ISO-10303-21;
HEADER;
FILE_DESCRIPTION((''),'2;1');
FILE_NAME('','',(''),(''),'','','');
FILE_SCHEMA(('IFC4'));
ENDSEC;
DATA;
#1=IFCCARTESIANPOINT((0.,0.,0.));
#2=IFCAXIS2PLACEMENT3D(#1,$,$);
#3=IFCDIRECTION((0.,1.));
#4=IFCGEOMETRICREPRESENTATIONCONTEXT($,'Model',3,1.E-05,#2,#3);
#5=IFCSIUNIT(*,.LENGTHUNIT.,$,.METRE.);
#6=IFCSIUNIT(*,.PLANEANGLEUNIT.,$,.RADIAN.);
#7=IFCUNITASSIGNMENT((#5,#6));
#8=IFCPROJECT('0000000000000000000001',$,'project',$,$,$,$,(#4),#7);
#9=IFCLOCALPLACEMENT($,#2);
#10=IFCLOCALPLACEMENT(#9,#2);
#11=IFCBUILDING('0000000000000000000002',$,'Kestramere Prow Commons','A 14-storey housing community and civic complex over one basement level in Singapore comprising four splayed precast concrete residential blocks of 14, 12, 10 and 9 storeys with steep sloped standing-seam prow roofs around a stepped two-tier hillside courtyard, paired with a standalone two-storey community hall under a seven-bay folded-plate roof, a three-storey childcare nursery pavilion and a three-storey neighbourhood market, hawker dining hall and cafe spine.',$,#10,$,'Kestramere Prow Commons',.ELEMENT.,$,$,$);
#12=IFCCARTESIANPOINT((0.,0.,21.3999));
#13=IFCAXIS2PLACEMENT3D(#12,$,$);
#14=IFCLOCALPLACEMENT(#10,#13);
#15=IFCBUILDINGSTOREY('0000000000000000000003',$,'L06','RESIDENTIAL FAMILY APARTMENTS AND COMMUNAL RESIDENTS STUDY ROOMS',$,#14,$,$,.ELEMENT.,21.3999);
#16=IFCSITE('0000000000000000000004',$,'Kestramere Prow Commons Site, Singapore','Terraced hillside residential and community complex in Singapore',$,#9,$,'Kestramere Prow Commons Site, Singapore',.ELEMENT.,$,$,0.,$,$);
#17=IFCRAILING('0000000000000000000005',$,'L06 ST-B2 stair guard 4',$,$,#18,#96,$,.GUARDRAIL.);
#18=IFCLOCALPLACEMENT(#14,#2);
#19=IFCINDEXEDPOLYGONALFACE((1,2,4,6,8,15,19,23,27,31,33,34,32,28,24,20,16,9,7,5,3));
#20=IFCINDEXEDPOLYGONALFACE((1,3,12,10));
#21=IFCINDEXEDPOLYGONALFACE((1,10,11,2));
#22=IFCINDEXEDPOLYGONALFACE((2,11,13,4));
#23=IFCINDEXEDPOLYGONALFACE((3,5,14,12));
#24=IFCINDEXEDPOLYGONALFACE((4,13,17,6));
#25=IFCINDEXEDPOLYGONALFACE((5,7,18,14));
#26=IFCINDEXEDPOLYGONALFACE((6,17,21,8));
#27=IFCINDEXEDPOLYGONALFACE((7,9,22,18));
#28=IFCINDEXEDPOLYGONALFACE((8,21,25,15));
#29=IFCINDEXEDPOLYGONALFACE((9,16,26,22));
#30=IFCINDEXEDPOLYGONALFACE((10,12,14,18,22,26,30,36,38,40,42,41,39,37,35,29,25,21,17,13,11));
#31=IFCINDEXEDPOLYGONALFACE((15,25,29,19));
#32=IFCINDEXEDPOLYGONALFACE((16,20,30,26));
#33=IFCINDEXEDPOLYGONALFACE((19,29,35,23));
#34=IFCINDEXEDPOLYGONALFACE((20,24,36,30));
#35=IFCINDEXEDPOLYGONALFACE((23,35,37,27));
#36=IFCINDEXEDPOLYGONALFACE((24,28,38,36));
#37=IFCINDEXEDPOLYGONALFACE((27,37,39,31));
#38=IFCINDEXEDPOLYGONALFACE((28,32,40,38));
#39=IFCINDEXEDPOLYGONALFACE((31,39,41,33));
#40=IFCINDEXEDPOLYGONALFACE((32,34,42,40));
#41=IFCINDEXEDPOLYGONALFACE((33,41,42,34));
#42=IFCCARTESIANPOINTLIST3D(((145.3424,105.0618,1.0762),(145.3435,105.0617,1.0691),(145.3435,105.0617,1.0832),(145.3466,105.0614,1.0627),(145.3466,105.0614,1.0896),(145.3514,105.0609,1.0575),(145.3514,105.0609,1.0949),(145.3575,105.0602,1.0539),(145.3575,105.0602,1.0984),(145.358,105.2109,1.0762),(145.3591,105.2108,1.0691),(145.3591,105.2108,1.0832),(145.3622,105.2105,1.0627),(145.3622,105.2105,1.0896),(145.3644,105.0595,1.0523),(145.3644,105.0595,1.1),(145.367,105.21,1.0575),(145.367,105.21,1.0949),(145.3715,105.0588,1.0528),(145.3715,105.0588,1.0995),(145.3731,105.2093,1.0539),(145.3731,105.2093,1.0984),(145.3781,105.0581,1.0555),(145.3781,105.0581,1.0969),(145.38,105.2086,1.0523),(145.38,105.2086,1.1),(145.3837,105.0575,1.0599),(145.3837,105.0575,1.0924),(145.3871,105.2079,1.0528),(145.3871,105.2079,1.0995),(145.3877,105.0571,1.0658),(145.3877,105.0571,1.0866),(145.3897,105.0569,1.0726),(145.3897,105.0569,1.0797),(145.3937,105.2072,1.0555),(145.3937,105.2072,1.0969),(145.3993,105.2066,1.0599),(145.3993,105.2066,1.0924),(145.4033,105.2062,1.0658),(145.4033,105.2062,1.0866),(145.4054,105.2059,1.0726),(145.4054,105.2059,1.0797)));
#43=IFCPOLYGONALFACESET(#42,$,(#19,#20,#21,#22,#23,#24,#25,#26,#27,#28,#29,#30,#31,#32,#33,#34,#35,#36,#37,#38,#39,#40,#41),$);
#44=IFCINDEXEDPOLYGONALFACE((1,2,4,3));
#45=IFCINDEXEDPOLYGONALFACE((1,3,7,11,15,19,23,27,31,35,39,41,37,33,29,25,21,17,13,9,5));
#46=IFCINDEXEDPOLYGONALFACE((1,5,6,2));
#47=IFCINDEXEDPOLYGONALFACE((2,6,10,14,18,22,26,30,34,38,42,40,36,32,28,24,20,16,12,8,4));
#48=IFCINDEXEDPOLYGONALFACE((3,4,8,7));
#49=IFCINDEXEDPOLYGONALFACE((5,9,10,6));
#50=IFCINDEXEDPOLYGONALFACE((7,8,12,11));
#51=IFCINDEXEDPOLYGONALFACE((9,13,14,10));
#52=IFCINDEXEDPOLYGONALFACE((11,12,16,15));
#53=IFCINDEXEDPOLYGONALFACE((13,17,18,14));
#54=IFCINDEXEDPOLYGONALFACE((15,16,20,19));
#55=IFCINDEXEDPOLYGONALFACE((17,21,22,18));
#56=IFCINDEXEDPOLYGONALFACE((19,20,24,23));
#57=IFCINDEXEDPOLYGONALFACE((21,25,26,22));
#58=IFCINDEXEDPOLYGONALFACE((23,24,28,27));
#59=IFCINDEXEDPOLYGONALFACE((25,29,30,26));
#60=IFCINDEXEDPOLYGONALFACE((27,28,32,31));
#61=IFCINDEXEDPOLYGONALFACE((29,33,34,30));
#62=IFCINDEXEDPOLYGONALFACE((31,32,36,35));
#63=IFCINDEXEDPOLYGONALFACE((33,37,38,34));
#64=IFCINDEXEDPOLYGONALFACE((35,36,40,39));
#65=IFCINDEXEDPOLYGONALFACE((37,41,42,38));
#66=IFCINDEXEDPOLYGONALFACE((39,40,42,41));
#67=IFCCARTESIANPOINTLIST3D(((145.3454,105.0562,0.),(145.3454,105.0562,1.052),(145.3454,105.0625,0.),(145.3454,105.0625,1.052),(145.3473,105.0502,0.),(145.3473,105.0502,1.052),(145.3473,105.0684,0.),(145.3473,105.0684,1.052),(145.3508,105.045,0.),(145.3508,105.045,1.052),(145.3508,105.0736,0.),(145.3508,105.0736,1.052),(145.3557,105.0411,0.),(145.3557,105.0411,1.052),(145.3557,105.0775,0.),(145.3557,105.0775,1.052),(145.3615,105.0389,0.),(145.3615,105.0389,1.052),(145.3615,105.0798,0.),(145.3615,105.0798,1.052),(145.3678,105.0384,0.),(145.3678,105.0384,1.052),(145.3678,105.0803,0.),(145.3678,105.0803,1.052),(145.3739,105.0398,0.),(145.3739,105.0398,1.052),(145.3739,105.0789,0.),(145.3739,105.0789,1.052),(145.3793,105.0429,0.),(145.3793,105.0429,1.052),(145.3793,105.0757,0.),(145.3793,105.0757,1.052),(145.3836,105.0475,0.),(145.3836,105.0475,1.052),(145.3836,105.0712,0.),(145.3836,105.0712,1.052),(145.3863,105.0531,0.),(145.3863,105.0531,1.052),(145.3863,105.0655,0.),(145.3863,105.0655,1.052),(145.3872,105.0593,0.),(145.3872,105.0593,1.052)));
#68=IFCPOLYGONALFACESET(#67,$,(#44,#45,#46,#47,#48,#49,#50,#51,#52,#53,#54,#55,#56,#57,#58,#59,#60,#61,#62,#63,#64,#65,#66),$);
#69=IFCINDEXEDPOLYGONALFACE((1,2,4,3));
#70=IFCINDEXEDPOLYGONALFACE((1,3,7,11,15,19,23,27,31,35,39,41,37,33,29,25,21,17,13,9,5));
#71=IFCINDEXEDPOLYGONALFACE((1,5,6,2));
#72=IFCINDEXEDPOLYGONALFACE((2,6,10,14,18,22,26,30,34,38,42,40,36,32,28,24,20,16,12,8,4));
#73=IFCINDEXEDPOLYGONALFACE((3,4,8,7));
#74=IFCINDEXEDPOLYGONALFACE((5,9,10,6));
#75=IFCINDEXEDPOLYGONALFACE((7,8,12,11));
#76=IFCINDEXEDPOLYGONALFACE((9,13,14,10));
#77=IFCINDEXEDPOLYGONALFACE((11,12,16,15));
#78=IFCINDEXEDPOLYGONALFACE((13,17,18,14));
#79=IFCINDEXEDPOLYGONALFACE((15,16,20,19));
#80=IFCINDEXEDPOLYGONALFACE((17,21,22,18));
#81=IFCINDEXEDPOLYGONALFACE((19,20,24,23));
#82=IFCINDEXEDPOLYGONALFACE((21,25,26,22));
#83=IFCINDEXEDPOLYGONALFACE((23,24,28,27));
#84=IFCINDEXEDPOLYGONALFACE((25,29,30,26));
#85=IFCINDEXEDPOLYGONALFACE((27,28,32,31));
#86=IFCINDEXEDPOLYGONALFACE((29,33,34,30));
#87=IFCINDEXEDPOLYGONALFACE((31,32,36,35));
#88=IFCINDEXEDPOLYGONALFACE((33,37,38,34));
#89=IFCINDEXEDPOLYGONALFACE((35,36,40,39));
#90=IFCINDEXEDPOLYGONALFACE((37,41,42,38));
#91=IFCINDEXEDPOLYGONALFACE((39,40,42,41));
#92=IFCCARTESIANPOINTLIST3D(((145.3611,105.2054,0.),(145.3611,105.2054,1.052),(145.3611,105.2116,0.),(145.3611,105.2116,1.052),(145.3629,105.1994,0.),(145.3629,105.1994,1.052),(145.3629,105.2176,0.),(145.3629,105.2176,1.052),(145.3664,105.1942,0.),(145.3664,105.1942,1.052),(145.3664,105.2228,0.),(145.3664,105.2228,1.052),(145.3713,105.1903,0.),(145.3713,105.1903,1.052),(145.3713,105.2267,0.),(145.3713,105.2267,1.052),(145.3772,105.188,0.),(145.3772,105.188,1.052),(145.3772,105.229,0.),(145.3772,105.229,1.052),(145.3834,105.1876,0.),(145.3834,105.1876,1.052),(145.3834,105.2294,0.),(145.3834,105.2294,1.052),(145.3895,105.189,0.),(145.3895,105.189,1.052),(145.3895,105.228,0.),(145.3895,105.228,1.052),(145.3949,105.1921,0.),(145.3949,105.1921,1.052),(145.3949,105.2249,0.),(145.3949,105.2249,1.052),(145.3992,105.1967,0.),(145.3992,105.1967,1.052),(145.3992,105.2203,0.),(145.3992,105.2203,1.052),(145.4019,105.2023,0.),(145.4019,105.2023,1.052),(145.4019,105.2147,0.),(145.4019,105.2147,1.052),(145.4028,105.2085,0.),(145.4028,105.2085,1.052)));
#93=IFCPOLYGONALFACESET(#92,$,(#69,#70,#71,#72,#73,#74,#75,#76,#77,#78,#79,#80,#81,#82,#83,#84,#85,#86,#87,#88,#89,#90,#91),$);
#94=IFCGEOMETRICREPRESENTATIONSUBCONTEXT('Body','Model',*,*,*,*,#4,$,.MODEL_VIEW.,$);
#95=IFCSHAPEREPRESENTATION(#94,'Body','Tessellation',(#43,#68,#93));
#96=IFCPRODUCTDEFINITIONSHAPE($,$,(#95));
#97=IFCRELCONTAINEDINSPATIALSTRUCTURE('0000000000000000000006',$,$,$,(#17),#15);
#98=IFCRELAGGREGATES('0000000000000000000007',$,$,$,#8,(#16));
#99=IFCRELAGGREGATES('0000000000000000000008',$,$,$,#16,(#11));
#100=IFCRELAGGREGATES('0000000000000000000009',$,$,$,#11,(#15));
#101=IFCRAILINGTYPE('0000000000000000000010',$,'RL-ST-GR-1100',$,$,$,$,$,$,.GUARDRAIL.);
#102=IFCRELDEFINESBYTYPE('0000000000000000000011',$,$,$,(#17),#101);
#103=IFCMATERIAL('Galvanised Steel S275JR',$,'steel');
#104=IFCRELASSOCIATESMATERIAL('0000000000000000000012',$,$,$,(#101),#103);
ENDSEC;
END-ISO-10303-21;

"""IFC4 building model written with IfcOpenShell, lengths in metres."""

from ifc_helpers import new_model, si_unit, direction, frame, origin, origin_2d, place, context, subcontext, project, spatial, circle, extrude, material, type_object, element, save


model = new_model("IFC4")

# Units and contexts
model_context = context("Model", 3, precision=1e-05, world=origin(), true_north=direction((0.0, 1.0)))
body_context = subcontext(model_context, "Body", "Model", "MODEL_VIEW")
ifc_project = project(units=[si_unit("LENGTHUNIT", "METRE"), si_unit("PLANEANGLEUNIT", "RADIAN")], contexts=[model_context])

# Site, building, storey
site_placement = place(None, origin())
site = spatial("IfcSite", under=ifc_project, at=site_placement, Name="Kestramere Prow Commons Site, Singapore", Description="Terraced hillside residential and community complex in Singapore", LongName="Kestramere Prow Commons Site, Singapore", CompositionType="ELEMENT", RefElevation=0.0)
building_placement = place(site_placement, origin())
building = spatial("IfcBuilding", under=site, at=building_placement, Name="Kestramere Prow Commons", Description="A 14-storey housing community and civic complex over one basement level in Singapore comprising four splayed precast concrete residential blocks of 14, 12, 10 and 9 storeys with steep sloped standing-seam prow roofs around a stepped two-tier hillside courtyard, paired with a standalone two-storey community hall under a seven-bay folded-plate roof, a three-storey childcare nursery pavilion and a three-storey neighbourhood market, hawker dining hall and cafe spine.", LongName="Kestramere Prow Commons", CompositionType="ELEMENT")
storey_placement = place(building_placement, frame((0.0, 0.0, 21.3999)))
storey = spatial("IfcBuildingStorey", under=building, at=storey_placement, Name="L06", Description="RESIDENTIAL FAMILY APARTMENTS AND COMMUNAL RESIDENTS STUDY ROOMS", CompositionType="ELEMENT", Elevation=21.3999)

# Railing
ifc_material_1 = material(Name="Galvanised Steel S275JR", Category="steel")
railing_type_1 = type_object("IfcRailingType", Name="RL-ST-GR-1100", PredefinedType="GUARDRAIL", material=ifc_material_1)
railing_1_placement = place(storey_placement, frame((145.3662, 105.0593, 0.0)))
element("IfcRailing", 1, at=railing_1_placement, inside=storey, type_object=railing_type_1, Name="L06 ST-B2 stair guard 4", PredefinedType="GUARDRAIL", context=body_context, shape_type="SweptSolid", body=[
    extrude(circle(Radius=0.0239, at=origin_2d()), frame((0.0, 0.0, 1.0762), z_axis=(0.104176, 0.994559, 0.0), x_axis=(-0.994559, 0.104176, 0.0)), (0.0, 0.0, 1.0), 0.1499),
    extrude(circle(Radius=0.021, at=origin_2d()), origin(), (0.0, 0.0, 1.0), 1.052),
    extrude(circle(Radius=0.021, at=origin_2d()), frame((0.0156, 0.1492, 0.0)), (0.0, 0.0, 1.0), 1.052),
])

save(model, "model.ifc")
